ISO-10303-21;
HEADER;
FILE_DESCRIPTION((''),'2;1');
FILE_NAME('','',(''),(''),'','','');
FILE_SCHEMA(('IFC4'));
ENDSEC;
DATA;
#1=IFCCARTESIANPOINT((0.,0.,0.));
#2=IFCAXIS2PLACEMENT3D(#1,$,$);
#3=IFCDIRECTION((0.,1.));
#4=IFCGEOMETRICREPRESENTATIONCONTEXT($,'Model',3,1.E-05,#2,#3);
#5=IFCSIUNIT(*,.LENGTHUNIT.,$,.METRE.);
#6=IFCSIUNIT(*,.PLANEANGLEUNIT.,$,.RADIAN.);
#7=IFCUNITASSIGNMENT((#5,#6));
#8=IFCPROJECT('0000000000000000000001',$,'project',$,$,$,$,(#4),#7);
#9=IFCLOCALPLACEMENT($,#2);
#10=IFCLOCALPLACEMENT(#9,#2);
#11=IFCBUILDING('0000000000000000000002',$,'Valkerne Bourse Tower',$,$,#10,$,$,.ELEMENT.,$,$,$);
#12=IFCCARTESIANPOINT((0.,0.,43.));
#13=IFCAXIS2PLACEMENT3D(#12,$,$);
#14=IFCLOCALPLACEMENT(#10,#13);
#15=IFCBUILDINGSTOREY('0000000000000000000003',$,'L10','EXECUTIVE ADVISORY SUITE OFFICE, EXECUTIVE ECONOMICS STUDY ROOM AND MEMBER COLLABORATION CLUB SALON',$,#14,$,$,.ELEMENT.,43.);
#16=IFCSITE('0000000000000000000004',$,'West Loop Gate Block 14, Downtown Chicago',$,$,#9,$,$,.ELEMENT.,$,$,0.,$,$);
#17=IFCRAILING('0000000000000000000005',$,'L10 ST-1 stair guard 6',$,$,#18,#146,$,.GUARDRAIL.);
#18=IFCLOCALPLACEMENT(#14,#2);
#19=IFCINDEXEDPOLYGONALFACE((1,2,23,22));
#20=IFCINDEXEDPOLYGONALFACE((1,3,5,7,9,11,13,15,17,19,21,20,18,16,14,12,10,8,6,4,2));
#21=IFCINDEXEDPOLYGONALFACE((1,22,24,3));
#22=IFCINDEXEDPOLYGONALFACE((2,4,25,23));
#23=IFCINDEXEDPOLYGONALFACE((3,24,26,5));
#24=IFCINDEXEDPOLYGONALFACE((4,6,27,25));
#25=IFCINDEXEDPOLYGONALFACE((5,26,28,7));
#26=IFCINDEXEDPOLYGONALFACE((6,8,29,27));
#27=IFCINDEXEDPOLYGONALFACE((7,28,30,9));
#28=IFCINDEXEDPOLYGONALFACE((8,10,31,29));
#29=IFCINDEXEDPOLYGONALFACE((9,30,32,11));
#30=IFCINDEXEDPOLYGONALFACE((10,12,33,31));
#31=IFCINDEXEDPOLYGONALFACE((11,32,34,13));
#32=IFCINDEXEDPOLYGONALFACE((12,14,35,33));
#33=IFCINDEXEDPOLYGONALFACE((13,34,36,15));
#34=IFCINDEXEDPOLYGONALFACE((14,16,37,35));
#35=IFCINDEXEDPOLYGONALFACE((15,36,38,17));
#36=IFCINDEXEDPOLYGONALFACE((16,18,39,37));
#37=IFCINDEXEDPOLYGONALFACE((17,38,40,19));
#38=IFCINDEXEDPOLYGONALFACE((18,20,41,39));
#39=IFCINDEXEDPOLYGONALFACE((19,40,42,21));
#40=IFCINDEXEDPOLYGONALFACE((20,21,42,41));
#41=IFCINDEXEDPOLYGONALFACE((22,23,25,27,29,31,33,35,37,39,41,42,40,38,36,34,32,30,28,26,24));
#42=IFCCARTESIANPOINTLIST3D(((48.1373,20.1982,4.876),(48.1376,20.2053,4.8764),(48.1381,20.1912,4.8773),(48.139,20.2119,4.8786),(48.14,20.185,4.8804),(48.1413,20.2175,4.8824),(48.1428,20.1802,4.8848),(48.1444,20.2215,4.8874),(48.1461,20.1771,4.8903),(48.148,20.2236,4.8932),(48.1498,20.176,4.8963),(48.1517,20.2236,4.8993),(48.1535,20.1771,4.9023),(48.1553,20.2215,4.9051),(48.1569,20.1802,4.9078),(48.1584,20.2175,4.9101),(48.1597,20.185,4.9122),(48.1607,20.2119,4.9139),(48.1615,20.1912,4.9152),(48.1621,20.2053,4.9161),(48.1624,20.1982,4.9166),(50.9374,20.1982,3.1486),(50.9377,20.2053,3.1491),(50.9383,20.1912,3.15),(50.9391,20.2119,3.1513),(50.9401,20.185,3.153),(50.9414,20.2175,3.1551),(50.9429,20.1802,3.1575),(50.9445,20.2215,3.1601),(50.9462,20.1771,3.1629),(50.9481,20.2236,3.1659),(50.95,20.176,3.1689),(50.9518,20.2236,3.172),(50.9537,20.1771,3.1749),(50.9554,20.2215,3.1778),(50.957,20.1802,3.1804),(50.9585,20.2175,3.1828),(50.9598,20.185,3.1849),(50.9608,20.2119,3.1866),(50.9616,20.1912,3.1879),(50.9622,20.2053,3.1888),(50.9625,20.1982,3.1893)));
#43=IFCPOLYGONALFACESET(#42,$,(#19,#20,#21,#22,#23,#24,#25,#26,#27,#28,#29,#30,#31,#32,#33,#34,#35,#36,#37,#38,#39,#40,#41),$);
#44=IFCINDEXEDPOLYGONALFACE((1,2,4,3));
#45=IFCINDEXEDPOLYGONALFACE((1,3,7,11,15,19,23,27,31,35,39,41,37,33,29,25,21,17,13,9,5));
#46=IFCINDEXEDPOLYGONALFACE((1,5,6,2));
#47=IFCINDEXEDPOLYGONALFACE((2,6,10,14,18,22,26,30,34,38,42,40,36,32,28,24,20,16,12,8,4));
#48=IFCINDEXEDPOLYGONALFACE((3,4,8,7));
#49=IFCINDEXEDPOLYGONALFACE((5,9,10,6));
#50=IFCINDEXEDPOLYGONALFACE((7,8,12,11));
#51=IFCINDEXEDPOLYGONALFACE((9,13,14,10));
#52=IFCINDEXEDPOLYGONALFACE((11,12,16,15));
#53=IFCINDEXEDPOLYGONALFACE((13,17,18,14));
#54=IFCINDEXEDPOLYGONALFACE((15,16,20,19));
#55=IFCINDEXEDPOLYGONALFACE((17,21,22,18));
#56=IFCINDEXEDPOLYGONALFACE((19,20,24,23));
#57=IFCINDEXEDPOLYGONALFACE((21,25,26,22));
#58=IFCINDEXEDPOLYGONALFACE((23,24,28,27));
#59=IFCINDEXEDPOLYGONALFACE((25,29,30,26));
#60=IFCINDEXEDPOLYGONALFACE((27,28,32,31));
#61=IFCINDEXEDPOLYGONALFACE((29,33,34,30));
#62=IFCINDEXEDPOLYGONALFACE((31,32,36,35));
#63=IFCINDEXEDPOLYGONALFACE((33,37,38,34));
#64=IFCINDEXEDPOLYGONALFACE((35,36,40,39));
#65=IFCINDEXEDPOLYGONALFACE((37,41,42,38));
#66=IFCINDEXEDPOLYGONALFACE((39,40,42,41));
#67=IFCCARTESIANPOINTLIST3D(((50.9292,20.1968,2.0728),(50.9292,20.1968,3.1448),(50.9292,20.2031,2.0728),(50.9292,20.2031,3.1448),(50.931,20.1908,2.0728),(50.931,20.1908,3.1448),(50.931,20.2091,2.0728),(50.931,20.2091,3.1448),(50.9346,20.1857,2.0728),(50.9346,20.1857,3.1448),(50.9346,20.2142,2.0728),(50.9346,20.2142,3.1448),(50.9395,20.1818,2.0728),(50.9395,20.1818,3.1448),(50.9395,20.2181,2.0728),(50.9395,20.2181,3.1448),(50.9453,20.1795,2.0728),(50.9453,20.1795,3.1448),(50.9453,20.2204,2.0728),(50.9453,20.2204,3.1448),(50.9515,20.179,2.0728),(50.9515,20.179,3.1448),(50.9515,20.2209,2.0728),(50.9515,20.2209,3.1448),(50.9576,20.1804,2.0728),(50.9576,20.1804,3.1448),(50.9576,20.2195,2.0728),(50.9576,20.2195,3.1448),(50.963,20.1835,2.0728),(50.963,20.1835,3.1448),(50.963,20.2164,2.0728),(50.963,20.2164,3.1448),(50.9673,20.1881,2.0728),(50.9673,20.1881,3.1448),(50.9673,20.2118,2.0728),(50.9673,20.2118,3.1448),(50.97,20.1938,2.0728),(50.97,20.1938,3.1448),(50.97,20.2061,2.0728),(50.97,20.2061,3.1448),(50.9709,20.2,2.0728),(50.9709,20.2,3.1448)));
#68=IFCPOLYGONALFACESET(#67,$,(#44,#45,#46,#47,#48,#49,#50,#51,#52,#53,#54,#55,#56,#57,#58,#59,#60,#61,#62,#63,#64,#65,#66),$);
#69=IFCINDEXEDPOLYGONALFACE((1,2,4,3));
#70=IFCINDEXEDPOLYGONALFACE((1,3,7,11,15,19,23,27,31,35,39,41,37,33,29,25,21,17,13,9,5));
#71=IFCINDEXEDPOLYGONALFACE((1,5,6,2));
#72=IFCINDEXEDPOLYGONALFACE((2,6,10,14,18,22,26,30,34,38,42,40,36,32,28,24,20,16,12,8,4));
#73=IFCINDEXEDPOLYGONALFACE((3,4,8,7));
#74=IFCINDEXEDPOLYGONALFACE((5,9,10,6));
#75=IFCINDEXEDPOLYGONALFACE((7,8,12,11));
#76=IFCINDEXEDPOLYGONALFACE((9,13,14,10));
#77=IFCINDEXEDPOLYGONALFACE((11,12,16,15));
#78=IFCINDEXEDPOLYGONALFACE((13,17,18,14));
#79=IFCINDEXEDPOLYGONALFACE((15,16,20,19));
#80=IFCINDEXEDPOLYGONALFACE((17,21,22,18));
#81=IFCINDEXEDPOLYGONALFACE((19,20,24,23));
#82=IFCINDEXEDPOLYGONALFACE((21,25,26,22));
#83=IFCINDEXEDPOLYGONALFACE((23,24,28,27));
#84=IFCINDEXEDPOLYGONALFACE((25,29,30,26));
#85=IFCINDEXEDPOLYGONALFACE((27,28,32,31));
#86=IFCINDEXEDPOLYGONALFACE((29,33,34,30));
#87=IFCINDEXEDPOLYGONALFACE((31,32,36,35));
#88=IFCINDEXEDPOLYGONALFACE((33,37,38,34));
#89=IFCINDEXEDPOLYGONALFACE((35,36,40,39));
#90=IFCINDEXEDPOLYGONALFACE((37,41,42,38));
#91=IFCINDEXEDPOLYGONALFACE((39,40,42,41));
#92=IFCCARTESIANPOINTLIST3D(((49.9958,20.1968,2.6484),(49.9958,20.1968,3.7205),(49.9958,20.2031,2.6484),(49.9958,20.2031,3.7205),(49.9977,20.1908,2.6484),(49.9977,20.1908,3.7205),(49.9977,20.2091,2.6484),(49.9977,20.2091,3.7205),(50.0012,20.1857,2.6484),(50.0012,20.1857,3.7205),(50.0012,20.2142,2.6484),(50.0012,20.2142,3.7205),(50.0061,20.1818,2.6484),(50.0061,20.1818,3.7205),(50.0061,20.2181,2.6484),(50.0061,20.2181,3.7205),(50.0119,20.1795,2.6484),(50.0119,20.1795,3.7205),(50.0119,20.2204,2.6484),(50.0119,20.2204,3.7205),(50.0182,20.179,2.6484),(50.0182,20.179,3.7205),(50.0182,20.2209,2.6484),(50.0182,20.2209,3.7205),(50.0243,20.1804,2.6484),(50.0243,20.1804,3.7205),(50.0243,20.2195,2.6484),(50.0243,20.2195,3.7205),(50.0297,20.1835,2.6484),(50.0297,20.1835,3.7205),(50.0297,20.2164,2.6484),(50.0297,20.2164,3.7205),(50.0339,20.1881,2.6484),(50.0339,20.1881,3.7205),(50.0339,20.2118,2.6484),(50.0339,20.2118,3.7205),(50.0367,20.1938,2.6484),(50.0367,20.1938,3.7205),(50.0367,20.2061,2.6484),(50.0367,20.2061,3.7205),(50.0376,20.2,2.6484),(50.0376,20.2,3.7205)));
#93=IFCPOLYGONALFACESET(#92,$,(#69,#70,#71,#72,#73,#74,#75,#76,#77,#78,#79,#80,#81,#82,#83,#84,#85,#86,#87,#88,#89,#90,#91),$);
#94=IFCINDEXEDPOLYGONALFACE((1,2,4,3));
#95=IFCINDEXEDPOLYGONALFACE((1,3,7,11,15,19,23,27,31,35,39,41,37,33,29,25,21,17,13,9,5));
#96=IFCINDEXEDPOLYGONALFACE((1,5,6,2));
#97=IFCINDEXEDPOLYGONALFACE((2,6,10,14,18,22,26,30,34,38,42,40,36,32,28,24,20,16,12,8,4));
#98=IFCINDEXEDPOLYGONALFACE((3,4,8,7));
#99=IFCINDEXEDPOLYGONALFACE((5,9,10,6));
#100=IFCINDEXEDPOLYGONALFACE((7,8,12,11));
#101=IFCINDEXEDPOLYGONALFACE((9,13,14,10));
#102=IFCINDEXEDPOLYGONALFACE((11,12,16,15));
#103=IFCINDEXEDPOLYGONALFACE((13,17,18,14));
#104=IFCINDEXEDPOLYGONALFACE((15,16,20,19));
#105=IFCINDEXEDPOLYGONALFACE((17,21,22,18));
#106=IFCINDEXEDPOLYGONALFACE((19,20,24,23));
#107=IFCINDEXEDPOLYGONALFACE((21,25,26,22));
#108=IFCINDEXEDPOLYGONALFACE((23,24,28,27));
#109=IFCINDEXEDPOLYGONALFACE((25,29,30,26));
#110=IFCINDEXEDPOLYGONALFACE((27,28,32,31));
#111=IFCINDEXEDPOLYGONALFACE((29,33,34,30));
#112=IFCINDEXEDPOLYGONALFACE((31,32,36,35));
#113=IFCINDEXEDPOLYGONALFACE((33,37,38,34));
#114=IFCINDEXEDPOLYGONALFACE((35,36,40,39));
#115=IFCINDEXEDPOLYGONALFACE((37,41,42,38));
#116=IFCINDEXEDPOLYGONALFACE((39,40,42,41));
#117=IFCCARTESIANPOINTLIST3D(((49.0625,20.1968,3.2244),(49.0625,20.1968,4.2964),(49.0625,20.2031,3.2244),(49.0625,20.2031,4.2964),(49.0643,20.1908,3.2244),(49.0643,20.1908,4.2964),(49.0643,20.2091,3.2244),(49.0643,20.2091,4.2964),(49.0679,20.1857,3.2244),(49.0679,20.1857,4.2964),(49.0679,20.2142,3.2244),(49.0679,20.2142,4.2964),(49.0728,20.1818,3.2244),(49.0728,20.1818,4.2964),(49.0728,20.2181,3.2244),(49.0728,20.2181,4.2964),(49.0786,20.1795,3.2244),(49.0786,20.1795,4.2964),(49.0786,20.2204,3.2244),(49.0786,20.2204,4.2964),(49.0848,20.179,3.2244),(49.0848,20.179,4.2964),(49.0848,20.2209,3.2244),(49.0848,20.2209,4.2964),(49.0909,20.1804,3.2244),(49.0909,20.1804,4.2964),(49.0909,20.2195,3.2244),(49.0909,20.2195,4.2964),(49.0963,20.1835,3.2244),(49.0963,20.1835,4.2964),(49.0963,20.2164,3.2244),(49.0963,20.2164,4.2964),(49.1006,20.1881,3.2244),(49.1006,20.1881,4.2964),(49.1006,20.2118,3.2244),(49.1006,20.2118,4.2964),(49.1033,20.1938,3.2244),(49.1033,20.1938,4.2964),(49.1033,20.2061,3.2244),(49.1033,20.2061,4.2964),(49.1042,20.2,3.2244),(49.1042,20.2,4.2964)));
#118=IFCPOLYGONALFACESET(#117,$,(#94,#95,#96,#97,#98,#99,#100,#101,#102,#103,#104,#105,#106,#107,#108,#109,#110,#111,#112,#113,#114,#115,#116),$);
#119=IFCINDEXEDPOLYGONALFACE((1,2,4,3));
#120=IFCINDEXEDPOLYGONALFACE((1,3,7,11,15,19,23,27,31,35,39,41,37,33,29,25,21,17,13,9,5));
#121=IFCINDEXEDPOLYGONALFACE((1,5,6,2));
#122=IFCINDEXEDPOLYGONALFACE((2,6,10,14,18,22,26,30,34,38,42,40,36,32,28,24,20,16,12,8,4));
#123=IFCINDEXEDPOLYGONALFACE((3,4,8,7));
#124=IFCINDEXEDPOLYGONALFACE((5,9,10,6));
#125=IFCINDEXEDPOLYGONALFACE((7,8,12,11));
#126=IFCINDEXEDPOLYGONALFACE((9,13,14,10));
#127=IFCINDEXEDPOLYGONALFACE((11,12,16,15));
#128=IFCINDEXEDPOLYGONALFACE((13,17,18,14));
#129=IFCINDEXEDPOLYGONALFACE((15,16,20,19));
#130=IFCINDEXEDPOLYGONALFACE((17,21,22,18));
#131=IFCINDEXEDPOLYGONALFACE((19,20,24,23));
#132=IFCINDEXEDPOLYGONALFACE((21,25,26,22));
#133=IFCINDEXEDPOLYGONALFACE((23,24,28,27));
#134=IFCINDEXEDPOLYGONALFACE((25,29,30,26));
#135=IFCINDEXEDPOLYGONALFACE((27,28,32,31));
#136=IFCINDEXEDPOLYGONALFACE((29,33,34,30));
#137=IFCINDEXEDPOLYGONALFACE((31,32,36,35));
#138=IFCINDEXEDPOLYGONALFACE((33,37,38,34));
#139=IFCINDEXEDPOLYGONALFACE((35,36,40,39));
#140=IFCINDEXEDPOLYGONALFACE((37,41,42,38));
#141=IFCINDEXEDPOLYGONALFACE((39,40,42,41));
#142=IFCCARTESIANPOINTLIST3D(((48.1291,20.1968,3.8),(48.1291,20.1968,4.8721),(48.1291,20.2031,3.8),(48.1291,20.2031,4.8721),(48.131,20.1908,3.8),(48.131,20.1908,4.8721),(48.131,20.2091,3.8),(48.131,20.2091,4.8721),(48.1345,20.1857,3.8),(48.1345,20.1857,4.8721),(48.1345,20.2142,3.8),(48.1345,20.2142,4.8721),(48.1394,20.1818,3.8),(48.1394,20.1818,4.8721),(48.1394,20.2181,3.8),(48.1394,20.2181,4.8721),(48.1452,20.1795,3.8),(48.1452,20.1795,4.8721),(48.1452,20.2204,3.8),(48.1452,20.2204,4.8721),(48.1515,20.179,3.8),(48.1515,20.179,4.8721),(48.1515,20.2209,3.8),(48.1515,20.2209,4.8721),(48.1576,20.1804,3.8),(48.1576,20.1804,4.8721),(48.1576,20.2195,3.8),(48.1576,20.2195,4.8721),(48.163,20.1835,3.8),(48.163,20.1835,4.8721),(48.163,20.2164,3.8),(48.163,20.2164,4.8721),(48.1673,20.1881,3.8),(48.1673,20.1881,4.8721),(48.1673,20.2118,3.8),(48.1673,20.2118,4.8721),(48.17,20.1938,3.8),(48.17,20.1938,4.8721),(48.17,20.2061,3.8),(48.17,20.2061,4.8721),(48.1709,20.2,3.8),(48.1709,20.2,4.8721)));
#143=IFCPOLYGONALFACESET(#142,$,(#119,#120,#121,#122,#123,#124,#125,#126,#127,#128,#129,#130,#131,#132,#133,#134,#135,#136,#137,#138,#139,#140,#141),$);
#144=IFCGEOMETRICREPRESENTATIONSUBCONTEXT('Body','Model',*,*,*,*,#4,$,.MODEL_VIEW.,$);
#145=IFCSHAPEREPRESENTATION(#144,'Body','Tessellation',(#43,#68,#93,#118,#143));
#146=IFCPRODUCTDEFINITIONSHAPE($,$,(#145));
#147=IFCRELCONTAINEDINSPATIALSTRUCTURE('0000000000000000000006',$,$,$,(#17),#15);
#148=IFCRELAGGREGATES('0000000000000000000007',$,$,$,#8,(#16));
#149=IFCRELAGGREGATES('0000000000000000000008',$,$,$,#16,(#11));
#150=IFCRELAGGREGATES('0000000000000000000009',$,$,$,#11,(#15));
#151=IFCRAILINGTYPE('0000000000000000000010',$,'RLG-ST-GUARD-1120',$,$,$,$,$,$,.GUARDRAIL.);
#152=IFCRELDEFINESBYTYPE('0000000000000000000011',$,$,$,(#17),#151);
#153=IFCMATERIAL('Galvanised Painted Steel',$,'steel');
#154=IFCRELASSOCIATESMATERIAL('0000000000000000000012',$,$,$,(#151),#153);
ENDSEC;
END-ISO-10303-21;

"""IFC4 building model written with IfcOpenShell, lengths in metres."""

from ifc_helpers import new_model, si_unit, direction, frame, origin, origin_2d, place, context, subcontext, project, spatial, circle, extrude, material, type_object, element, save


model = new_model("IFC4")

# Units and contexts
model_context = context("Model", 3, precision=1e-05, world=origin(), true_north=direction((0.0, 1.0)))
body_context = subcontext(model_context, "Body", "Model", "MODEL_VIEW")
ifc_project = project(units=[si_unit("LENGTHUNIT", "METRE"), si_unit("PLANEANGLEUNIT", "RADIAN")], contexts=[model_context])

# Site, building, storey
site_placement = place(None, origin())
site = spatial("IfcSite", under=ifc_project, at=site_placement, Name="West Loop Gate Block 14, Downtown Chicago", CompositionType="ELEMENT", RefElevation=0.0)
building_placement = place(site_placement, origin())
building = spatial("IfcBuilding", under=site, at=building_placement, Name="Valkerne Bourse Tower", CompositionType="ELEMENT")
storey_placement = place(building_placement, frame((0.0, 0.0, 43.0)))
storey = spatial("IfcBuildingStorey", under=building, at=storey_placement, Name="L10", Description="EXECUTIVE ADVISORY SUITE OFFICE, EXECUTIVE ECONOMICS STUDY ROOM AND MEMBER COLLABORATION CLUB SALON", CompositionType="ELEMENT", Elevation=43.0)

# Shared definitions
ifc_material_1 = material(Name="Galvanised Painted Steel", Category="steel")

# Railing
railing_type_1 = type_object("IfcRailingType", Name="RLG-ST-GUARD-1120", PredefinedType="GUARDRAIL", material=ifc_material_1)
railing_1_placement = place(storey_placement, frame((50.95, 20.2, 2.0728)))
element("IfcRailing", 1, at=railing_1_placement, inside=storey, type_object=railing_type_1, Name="L10 ST-1 stair guard 6", PredefinedType="GUARDRAIL", context=body_context, shape_type="SweptSolid", body=[
    extrude(circle(Radius=0.0239, at=origin_2d()), frame((0.0, 0.0, 1.0962), z_axis=(-0.85109, 0.0, 0.52502), x_axis=(0.0, -1.0, 0.0)), (0.0, 0.0, 1.0), 3.29),
    extrude(circle(Radius=0.021, at=origin_2d()), origin(), (0.0, 0.0, 1.0), 1.072),
    extrude(circle(Radius=0.021, at=origin_2d()), frame((-0.9333, 0.0, 0.5757)), (0.0, 0.0, 1.0), 1.072),
    extrude(circle(Radius=0.021, at=origin_2d()), frame((-1.8667, 0.0, 1.1516)), (0.0, 0.0, 1.0), 1.072),
    extrude(circle(Radius=0.021, at=origin_2d()), frame((-2.8, 0.0, 1.7273)), (0.0, 0.0, 1.0), 1.072),
])

save(model, "model.ifc")
